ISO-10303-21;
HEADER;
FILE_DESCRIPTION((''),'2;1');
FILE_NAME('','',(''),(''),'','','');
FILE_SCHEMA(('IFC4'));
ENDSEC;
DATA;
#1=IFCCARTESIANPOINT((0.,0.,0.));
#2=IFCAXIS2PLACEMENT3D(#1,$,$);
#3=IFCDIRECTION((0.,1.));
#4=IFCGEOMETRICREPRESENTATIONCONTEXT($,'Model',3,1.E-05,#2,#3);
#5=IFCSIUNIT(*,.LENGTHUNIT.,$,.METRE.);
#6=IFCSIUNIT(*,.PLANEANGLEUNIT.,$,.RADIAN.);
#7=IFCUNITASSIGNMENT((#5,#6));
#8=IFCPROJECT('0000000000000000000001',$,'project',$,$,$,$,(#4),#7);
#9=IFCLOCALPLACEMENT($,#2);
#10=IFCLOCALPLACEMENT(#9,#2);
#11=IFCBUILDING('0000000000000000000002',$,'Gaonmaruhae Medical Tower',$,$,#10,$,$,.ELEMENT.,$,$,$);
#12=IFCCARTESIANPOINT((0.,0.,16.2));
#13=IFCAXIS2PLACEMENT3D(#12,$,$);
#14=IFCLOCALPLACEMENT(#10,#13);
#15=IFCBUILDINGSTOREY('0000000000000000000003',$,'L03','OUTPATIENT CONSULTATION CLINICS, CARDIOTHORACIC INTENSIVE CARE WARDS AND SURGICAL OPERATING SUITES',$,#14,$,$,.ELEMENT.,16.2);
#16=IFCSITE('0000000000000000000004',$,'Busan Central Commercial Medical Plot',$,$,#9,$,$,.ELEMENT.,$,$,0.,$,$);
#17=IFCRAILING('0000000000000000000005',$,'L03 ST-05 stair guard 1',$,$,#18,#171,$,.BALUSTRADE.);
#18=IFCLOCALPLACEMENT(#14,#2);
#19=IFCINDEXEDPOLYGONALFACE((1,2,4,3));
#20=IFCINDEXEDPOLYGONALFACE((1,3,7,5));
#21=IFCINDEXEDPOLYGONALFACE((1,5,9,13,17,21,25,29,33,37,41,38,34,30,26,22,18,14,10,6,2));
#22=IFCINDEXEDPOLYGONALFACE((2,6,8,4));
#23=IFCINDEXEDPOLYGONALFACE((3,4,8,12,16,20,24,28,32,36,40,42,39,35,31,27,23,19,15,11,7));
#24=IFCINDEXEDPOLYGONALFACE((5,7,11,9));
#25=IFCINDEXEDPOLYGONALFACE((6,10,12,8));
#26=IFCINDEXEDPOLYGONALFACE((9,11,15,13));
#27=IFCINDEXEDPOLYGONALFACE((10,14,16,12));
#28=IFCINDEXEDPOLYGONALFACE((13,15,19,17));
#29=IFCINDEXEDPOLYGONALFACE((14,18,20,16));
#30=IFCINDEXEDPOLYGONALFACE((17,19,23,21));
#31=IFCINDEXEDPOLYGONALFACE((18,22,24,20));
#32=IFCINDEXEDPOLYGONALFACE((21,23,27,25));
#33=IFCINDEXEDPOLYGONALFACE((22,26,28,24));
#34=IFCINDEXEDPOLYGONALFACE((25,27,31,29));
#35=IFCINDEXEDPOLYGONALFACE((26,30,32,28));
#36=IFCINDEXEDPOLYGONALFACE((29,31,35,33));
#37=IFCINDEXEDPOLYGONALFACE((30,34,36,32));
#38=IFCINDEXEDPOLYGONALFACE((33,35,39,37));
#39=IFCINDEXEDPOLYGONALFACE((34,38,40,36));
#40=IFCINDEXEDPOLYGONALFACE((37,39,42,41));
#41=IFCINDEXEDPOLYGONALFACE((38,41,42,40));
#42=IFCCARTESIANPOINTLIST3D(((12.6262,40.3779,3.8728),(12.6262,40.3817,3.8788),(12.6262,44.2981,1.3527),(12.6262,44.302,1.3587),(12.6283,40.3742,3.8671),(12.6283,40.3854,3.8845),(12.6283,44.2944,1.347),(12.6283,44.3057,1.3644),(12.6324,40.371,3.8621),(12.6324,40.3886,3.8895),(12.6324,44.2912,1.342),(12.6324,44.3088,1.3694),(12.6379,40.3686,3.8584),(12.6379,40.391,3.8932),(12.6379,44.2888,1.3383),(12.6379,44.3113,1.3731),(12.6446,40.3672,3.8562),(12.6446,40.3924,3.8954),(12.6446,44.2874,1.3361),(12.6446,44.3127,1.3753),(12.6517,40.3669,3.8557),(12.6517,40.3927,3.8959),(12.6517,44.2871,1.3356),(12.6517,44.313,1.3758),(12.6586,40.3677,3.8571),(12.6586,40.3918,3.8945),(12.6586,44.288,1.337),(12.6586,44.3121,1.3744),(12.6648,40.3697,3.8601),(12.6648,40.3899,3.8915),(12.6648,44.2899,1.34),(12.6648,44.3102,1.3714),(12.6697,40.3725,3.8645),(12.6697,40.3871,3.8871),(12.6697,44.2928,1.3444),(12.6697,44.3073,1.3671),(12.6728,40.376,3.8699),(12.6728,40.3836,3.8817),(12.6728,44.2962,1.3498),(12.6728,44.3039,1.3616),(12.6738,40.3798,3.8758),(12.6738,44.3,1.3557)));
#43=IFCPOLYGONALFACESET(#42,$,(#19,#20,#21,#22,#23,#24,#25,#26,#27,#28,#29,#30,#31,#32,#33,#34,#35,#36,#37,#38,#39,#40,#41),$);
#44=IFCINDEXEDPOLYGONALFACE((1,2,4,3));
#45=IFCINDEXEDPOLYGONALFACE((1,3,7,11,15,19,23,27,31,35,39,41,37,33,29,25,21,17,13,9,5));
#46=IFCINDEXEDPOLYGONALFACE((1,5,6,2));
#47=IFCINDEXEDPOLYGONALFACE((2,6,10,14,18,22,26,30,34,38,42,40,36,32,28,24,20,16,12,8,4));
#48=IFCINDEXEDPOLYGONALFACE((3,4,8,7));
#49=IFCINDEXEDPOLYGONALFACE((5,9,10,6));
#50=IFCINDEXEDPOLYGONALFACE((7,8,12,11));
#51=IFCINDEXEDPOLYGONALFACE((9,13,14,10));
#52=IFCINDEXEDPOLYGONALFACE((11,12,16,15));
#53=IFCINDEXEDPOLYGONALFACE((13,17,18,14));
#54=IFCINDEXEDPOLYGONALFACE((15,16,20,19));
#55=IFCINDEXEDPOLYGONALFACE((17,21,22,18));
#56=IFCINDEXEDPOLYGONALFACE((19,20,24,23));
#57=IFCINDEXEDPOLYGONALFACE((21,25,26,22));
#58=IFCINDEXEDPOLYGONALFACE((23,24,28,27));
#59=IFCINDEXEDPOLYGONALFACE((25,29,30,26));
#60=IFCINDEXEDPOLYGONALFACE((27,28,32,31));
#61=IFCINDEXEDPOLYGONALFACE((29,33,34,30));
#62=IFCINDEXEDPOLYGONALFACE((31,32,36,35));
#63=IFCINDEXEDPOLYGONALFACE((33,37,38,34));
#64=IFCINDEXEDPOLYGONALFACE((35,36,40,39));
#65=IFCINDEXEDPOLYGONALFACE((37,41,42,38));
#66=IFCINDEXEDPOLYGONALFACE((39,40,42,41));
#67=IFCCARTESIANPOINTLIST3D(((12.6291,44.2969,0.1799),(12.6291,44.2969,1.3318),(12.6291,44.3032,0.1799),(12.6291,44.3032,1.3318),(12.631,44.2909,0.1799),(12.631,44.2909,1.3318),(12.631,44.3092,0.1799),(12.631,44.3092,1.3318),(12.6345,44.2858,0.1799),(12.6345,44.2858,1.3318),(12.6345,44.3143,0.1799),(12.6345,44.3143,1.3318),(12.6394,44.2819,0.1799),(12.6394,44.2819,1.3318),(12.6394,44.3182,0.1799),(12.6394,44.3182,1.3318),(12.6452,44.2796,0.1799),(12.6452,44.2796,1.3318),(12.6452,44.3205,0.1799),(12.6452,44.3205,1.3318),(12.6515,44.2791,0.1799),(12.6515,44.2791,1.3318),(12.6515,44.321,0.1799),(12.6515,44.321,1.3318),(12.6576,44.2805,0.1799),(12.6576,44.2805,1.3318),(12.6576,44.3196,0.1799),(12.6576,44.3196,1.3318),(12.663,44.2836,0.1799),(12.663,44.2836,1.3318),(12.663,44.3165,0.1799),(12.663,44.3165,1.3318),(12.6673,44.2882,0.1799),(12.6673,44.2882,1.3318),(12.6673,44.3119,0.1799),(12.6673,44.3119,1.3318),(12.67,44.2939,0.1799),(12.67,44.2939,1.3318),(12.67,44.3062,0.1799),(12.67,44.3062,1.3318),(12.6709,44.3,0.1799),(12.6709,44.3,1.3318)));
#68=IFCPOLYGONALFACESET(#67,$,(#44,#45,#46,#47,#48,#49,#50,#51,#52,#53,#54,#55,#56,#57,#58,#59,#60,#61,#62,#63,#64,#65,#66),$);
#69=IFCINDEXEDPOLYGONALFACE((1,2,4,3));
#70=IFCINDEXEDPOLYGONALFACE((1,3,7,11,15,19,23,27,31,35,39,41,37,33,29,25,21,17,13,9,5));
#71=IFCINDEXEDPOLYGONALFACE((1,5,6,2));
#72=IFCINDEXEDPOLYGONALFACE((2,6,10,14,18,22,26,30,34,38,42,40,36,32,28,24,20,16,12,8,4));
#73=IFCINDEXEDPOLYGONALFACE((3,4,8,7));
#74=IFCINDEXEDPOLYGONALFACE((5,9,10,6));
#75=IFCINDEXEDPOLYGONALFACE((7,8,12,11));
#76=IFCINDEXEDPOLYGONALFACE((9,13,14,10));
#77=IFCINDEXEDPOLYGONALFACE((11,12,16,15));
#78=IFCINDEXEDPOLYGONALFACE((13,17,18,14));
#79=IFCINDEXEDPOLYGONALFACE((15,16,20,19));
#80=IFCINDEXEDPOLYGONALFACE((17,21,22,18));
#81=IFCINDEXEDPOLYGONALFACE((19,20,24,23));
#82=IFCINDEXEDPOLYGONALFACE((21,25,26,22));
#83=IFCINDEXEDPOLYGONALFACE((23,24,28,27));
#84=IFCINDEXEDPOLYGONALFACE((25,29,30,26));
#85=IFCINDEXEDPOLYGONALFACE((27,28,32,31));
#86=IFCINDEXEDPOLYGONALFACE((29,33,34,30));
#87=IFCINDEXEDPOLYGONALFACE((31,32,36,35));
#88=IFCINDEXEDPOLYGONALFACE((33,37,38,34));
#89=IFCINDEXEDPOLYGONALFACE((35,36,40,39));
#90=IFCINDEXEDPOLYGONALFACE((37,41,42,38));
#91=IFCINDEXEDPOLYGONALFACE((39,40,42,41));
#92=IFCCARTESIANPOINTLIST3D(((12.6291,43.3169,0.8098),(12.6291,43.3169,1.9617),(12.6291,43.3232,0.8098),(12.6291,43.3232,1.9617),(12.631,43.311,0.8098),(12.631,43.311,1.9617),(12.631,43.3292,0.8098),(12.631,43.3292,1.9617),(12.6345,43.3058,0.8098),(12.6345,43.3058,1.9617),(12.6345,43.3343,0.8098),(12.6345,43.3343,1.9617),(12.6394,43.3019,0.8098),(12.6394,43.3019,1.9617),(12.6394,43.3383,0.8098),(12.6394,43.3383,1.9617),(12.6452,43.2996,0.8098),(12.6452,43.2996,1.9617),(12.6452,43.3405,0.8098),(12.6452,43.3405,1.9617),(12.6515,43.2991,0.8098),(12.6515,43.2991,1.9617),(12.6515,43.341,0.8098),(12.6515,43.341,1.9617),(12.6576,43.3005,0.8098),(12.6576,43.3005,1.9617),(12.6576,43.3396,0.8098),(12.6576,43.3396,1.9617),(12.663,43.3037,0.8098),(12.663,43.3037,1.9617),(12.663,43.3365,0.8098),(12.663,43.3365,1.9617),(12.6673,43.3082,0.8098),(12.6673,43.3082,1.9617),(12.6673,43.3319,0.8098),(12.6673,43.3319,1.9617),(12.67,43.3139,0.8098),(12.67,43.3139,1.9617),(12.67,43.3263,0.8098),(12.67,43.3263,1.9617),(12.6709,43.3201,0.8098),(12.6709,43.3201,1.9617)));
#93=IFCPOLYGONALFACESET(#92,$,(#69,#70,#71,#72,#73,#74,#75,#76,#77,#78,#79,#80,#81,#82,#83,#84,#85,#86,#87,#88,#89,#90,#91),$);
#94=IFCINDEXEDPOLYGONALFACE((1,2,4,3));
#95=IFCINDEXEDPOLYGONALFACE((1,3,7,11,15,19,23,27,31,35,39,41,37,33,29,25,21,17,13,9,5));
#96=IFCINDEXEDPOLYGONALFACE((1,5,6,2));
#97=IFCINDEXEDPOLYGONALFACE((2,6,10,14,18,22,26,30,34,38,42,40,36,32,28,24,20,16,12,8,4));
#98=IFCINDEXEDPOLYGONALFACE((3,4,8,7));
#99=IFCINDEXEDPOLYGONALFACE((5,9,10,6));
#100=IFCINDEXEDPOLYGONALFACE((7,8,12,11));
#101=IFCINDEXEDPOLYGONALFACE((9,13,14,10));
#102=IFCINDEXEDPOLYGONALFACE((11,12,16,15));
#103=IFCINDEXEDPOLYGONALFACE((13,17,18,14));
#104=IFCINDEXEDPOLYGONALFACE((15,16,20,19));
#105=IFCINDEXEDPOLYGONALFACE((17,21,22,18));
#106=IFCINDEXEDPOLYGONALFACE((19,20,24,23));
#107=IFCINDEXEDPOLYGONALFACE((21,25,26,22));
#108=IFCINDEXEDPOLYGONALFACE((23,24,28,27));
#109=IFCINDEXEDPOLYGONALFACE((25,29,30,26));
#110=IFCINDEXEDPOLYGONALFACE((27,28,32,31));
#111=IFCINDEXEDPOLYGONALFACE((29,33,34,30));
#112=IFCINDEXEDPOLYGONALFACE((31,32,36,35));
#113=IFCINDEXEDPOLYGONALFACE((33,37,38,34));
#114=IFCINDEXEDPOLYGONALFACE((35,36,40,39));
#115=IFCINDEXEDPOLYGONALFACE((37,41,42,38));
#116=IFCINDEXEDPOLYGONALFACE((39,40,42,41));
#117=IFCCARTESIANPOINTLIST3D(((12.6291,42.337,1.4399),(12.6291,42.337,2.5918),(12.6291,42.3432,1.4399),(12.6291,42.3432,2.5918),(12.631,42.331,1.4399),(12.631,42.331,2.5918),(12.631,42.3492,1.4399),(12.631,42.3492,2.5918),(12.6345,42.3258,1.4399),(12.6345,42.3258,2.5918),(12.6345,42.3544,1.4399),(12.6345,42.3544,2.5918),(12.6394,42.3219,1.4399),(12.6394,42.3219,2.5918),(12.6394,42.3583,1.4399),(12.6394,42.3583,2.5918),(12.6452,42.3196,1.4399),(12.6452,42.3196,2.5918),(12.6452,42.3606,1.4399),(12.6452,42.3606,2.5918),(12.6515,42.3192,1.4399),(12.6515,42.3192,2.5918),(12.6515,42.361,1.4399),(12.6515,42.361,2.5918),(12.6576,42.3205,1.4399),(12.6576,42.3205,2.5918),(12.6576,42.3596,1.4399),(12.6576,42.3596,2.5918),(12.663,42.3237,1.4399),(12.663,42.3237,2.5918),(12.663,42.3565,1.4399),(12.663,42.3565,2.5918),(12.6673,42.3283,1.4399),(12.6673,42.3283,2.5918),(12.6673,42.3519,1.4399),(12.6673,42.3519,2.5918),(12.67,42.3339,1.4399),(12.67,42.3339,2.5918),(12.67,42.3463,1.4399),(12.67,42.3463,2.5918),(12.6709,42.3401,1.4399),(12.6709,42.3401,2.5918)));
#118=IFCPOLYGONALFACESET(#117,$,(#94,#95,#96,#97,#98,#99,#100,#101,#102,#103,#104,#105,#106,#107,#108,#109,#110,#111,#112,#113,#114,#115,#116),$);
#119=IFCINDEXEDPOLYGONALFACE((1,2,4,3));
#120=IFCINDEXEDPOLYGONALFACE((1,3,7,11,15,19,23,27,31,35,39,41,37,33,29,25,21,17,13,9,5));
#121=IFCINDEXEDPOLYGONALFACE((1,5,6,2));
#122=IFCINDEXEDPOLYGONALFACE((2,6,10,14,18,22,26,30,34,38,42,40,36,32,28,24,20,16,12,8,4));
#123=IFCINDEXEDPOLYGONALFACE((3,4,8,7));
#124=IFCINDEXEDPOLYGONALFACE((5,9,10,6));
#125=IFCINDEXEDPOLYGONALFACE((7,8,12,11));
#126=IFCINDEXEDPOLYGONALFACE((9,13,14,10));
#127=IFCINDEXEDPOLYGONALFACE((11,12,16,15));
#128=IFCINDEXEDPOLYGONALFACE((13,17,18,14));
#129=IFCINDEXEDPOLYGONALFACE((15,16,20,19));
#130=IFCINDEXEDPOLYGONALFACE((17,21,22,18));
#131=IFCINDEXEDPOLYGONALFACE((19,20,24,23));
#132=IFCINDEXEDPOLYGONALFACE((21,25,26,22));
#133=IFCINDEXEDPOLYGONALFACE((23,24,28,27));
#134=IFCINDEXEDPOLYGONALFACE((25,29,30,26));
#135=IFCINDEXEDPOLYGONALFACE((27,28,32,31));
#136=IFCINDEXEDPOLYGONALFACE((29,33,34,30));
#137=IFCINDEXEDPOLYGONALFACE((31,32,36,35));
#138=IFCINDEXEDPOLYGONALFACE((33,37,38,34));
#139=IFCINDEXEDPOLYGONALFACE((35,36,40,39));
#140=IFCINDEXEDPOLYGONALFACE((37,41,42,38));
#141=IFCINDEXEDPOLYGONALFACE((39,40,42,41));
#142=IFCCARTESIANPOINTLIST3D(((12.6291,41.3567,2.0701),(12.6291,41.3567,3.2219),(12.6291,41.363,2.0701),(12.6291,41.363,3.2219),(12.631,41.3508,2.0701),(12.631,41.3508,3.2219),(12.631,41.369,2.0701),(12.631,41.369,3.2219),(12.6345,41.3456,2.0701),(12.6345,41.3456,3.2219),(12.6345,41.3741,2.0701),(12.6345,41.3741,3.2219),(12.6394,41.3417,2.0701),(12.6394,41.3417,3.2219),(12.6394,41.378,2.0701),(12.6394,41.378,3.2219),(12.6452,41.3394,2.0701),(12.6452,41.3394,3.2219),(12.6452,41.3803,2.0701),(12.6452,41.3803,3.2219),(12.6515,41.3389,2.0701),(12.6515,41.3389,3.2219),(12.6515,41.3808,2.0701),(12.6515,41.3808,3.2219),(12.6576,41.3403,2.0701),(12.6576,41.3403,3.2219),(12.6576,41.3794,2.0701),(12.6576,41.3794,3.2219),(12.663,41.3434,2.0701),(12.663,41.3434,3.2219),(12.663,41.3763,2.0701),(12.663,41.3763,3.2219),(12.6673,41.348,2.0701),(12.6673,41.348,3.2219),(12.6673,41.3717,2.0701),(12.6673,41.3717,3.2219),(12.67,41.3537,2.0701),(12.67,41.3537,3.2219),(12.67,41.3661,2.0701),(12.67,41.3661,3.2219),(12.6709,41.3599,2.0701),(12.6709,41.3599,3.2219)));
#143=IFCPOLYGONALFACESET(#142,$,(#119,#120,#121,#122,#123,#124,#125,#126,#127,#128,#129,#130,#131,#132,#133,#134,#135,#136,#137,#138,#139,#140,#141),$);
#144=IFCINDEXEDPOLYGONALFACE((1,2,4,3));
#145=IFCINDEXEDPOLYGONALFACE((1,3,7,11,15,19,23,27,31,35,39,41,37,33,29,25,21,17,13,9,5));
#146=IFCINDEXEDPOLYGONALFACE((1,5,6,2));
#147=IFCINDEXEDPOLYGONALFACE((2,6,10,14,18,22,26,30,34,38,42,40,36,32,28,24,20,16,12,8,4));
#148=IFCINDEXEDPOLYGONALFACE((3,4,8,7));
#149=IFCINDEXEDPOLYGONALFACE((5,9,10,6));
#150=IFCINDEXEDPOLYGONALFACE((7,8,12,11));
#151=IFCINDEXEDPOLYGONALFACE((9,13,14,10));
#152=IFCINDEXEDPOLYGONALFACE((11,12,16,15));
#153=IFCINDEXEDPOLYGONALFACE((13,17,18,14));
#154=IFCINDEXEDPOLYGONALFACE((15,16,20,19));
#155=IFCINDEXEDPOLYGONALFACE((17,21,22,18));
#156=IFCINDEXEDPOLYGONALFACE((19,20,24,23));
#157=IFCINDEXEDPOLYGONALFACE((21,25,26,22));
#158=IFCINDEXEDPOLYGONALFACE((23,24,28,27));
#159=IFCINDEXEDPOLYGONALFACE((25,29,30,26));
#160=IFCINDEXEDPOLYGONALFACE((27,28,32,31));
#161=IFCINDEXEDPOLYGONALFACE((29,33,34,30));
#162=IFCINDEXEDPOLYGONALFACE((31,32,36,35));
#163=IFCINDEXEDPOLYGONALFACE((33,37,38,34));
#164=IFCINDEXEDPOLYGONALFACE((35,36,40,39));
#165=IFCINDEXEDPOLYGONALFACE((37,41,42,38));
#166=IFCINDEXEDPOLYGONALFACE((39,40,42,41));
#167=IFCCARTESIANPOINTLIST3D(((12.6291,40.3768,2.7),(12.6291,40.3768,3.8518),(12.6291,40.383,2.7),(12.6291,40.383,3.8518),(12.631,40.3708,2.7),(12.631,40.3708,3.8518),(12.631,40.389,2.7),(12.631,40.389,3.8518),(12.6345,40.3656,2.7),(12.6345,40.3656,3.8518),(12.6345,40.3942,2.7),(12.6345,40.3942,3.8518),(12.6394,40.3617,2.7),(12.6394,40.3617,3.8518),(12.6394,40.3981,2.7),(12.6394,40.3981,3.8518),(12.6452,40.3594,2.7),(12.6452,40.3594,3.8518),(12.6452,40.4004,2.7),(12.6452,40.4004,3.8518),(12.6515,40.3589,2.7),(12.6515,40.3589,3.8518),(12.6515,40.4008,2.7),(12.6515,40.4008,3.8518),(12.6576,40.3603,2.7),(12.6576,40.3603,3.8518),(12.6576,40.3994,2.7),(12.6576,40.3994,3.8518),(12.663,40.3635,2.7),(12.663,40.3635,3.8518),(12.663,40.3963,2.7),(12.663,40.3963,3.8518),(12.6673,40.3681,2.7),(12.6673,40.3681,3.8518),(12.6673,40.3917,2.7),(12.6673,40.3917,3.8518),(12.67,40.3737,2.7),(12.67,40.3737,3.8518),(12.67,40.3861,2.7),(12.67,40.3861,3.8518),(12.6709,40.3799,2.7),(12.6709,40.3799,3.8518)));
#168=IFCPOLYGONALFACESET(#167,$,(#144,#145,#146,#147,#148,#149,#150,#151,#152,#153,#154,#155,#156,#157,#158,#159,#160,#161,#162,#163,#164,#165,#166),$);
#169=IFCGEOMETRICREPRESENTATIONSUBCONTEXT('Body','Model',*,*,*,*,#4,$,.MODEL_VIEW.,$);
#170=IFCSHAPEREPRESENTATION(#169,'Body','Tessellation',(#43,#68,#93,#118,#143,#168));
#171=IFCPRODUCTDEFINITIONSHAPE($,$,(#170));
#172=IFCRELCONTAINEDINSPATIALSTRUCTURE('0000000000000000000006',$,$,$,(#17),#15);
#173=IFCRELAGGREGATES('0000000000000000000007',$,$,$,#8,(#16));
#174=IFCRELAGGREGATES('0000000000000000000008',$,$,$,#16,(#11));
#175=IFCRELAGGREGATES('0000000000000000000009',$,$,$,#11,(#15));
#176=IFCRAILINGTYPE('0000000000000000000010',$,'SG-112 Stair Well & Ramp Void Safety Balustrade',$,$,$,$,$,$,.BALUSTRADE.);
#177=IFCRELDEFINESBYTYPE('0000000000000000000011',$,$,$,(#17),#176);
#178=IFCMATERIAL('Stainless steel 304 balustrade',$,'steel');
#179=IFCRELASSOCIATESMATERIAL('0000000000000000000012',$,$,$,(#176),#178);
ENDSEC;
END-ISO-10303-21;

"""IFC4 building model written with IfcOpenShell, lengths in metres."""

from ifc_helpers import new_model, si_unit, direction, frame, origin, origin_2d, place, context, subcontext, project, spatial, circle, extrude, material, type_object, element, save


model = new_model("IFC4")

# Units and contexts
model_context = context("Model", 3, precision=1e-05, world=origin(), true_north=direction((0.0, 1.0)))
body_context = subcontext(model_context, "Body", "Model", "MODEL_VIEW")
ifc_project = project(units=[si_unit("LENGTHUNIT", "METRE"), si_unit("PLANEANGLEUNIT", "RADIAN")], contexts=[model_context])

# Site, building, storey
site_placement = place(None, origin())
site = spatial("IfcSite", under=ifc_project, at=site_placement, Name="Busan Central Commercial Medical Plot", CompositionType="ELEMENT", RefElevation=0.0)
building_placement = place(site_placement, origin())
building = spatial("IfcBuilding", under=site, at=building_placement, Name="Gaonmaruhae Medical Tower", CompositionType="ELEMENT")
storey_placement = place(building_placement, frame((0.0, 0.0, 16.2)))
storey = spatial("IfcBuildingStorey", under=building, at=storey_placement, Name="L03", Description="OUTPATIENT CONSULTATION CLINICS, CARDIOTHORACIC INTENSIVE CARE WARDS AND SURGICAL OPERATING SUITES", CompositionType="ELEMENT", Elevation=16.2)

# Railing
ifc_material_1 = material(Name="Stainless steel 304 balustrade", Category="steel")
railing_type_1 = type_object("IfcRailingType", Name="SG-112 Stair Well & Ramp Void Safety Balustrade", PredefinedType="BALUSTRADE", material=ifc_material_1)
railing_1_placement = place(storey_placement, frame((12.6499, 44.3, 0.1799)))
element("IfcRailing", 1, at=railing_1_placement, inside=storey, type_object=railing_type_1, Name="L03 ST-05 stair guard 1", PredefinedType="BALUSTRADE", context=body_context, shape_type="SweptSolid", body=[
    extrude(circle(Radius=0.0239, at=origin_2d()), frame((0.0, 0.0, 1.1758), z_axis=(0.0, -0.841187, 0.540744), x_axis=(1.0, 0.0, 0.0)), (0.0, 0.0, 1.0), 4.6604),
    extrude(circle(Radius=0.021, at=origin_2d()), origin(), (0.0, 0.0, 1.0), 1.1519),
    extrude(circle(Radius=0.021, at=origin_2d()), frame((0.0, -0.98, 0.6299)), (0.0, 0.0, 1.0), 1.1519),
    extrude(circle(Radius=0.021, at=origin_2d()), frame((0.0, -1.96, 1.26)), (0.0, 0.0, 1.0), 1.1519),
    extrude(circle(Radius=0.021, at=origin_2d()), frame((0.0, -2.9402, 1.8901)), (0.0, 0.0, 1.0), 1.1519),
    extrude(circle(Radius=0.021, at=origin_2d()), frame((0.0, -3.9202, 2.52)), (0.0, 0.0, 1.0), 1.1519),
])

save(model, "model.ifc")
